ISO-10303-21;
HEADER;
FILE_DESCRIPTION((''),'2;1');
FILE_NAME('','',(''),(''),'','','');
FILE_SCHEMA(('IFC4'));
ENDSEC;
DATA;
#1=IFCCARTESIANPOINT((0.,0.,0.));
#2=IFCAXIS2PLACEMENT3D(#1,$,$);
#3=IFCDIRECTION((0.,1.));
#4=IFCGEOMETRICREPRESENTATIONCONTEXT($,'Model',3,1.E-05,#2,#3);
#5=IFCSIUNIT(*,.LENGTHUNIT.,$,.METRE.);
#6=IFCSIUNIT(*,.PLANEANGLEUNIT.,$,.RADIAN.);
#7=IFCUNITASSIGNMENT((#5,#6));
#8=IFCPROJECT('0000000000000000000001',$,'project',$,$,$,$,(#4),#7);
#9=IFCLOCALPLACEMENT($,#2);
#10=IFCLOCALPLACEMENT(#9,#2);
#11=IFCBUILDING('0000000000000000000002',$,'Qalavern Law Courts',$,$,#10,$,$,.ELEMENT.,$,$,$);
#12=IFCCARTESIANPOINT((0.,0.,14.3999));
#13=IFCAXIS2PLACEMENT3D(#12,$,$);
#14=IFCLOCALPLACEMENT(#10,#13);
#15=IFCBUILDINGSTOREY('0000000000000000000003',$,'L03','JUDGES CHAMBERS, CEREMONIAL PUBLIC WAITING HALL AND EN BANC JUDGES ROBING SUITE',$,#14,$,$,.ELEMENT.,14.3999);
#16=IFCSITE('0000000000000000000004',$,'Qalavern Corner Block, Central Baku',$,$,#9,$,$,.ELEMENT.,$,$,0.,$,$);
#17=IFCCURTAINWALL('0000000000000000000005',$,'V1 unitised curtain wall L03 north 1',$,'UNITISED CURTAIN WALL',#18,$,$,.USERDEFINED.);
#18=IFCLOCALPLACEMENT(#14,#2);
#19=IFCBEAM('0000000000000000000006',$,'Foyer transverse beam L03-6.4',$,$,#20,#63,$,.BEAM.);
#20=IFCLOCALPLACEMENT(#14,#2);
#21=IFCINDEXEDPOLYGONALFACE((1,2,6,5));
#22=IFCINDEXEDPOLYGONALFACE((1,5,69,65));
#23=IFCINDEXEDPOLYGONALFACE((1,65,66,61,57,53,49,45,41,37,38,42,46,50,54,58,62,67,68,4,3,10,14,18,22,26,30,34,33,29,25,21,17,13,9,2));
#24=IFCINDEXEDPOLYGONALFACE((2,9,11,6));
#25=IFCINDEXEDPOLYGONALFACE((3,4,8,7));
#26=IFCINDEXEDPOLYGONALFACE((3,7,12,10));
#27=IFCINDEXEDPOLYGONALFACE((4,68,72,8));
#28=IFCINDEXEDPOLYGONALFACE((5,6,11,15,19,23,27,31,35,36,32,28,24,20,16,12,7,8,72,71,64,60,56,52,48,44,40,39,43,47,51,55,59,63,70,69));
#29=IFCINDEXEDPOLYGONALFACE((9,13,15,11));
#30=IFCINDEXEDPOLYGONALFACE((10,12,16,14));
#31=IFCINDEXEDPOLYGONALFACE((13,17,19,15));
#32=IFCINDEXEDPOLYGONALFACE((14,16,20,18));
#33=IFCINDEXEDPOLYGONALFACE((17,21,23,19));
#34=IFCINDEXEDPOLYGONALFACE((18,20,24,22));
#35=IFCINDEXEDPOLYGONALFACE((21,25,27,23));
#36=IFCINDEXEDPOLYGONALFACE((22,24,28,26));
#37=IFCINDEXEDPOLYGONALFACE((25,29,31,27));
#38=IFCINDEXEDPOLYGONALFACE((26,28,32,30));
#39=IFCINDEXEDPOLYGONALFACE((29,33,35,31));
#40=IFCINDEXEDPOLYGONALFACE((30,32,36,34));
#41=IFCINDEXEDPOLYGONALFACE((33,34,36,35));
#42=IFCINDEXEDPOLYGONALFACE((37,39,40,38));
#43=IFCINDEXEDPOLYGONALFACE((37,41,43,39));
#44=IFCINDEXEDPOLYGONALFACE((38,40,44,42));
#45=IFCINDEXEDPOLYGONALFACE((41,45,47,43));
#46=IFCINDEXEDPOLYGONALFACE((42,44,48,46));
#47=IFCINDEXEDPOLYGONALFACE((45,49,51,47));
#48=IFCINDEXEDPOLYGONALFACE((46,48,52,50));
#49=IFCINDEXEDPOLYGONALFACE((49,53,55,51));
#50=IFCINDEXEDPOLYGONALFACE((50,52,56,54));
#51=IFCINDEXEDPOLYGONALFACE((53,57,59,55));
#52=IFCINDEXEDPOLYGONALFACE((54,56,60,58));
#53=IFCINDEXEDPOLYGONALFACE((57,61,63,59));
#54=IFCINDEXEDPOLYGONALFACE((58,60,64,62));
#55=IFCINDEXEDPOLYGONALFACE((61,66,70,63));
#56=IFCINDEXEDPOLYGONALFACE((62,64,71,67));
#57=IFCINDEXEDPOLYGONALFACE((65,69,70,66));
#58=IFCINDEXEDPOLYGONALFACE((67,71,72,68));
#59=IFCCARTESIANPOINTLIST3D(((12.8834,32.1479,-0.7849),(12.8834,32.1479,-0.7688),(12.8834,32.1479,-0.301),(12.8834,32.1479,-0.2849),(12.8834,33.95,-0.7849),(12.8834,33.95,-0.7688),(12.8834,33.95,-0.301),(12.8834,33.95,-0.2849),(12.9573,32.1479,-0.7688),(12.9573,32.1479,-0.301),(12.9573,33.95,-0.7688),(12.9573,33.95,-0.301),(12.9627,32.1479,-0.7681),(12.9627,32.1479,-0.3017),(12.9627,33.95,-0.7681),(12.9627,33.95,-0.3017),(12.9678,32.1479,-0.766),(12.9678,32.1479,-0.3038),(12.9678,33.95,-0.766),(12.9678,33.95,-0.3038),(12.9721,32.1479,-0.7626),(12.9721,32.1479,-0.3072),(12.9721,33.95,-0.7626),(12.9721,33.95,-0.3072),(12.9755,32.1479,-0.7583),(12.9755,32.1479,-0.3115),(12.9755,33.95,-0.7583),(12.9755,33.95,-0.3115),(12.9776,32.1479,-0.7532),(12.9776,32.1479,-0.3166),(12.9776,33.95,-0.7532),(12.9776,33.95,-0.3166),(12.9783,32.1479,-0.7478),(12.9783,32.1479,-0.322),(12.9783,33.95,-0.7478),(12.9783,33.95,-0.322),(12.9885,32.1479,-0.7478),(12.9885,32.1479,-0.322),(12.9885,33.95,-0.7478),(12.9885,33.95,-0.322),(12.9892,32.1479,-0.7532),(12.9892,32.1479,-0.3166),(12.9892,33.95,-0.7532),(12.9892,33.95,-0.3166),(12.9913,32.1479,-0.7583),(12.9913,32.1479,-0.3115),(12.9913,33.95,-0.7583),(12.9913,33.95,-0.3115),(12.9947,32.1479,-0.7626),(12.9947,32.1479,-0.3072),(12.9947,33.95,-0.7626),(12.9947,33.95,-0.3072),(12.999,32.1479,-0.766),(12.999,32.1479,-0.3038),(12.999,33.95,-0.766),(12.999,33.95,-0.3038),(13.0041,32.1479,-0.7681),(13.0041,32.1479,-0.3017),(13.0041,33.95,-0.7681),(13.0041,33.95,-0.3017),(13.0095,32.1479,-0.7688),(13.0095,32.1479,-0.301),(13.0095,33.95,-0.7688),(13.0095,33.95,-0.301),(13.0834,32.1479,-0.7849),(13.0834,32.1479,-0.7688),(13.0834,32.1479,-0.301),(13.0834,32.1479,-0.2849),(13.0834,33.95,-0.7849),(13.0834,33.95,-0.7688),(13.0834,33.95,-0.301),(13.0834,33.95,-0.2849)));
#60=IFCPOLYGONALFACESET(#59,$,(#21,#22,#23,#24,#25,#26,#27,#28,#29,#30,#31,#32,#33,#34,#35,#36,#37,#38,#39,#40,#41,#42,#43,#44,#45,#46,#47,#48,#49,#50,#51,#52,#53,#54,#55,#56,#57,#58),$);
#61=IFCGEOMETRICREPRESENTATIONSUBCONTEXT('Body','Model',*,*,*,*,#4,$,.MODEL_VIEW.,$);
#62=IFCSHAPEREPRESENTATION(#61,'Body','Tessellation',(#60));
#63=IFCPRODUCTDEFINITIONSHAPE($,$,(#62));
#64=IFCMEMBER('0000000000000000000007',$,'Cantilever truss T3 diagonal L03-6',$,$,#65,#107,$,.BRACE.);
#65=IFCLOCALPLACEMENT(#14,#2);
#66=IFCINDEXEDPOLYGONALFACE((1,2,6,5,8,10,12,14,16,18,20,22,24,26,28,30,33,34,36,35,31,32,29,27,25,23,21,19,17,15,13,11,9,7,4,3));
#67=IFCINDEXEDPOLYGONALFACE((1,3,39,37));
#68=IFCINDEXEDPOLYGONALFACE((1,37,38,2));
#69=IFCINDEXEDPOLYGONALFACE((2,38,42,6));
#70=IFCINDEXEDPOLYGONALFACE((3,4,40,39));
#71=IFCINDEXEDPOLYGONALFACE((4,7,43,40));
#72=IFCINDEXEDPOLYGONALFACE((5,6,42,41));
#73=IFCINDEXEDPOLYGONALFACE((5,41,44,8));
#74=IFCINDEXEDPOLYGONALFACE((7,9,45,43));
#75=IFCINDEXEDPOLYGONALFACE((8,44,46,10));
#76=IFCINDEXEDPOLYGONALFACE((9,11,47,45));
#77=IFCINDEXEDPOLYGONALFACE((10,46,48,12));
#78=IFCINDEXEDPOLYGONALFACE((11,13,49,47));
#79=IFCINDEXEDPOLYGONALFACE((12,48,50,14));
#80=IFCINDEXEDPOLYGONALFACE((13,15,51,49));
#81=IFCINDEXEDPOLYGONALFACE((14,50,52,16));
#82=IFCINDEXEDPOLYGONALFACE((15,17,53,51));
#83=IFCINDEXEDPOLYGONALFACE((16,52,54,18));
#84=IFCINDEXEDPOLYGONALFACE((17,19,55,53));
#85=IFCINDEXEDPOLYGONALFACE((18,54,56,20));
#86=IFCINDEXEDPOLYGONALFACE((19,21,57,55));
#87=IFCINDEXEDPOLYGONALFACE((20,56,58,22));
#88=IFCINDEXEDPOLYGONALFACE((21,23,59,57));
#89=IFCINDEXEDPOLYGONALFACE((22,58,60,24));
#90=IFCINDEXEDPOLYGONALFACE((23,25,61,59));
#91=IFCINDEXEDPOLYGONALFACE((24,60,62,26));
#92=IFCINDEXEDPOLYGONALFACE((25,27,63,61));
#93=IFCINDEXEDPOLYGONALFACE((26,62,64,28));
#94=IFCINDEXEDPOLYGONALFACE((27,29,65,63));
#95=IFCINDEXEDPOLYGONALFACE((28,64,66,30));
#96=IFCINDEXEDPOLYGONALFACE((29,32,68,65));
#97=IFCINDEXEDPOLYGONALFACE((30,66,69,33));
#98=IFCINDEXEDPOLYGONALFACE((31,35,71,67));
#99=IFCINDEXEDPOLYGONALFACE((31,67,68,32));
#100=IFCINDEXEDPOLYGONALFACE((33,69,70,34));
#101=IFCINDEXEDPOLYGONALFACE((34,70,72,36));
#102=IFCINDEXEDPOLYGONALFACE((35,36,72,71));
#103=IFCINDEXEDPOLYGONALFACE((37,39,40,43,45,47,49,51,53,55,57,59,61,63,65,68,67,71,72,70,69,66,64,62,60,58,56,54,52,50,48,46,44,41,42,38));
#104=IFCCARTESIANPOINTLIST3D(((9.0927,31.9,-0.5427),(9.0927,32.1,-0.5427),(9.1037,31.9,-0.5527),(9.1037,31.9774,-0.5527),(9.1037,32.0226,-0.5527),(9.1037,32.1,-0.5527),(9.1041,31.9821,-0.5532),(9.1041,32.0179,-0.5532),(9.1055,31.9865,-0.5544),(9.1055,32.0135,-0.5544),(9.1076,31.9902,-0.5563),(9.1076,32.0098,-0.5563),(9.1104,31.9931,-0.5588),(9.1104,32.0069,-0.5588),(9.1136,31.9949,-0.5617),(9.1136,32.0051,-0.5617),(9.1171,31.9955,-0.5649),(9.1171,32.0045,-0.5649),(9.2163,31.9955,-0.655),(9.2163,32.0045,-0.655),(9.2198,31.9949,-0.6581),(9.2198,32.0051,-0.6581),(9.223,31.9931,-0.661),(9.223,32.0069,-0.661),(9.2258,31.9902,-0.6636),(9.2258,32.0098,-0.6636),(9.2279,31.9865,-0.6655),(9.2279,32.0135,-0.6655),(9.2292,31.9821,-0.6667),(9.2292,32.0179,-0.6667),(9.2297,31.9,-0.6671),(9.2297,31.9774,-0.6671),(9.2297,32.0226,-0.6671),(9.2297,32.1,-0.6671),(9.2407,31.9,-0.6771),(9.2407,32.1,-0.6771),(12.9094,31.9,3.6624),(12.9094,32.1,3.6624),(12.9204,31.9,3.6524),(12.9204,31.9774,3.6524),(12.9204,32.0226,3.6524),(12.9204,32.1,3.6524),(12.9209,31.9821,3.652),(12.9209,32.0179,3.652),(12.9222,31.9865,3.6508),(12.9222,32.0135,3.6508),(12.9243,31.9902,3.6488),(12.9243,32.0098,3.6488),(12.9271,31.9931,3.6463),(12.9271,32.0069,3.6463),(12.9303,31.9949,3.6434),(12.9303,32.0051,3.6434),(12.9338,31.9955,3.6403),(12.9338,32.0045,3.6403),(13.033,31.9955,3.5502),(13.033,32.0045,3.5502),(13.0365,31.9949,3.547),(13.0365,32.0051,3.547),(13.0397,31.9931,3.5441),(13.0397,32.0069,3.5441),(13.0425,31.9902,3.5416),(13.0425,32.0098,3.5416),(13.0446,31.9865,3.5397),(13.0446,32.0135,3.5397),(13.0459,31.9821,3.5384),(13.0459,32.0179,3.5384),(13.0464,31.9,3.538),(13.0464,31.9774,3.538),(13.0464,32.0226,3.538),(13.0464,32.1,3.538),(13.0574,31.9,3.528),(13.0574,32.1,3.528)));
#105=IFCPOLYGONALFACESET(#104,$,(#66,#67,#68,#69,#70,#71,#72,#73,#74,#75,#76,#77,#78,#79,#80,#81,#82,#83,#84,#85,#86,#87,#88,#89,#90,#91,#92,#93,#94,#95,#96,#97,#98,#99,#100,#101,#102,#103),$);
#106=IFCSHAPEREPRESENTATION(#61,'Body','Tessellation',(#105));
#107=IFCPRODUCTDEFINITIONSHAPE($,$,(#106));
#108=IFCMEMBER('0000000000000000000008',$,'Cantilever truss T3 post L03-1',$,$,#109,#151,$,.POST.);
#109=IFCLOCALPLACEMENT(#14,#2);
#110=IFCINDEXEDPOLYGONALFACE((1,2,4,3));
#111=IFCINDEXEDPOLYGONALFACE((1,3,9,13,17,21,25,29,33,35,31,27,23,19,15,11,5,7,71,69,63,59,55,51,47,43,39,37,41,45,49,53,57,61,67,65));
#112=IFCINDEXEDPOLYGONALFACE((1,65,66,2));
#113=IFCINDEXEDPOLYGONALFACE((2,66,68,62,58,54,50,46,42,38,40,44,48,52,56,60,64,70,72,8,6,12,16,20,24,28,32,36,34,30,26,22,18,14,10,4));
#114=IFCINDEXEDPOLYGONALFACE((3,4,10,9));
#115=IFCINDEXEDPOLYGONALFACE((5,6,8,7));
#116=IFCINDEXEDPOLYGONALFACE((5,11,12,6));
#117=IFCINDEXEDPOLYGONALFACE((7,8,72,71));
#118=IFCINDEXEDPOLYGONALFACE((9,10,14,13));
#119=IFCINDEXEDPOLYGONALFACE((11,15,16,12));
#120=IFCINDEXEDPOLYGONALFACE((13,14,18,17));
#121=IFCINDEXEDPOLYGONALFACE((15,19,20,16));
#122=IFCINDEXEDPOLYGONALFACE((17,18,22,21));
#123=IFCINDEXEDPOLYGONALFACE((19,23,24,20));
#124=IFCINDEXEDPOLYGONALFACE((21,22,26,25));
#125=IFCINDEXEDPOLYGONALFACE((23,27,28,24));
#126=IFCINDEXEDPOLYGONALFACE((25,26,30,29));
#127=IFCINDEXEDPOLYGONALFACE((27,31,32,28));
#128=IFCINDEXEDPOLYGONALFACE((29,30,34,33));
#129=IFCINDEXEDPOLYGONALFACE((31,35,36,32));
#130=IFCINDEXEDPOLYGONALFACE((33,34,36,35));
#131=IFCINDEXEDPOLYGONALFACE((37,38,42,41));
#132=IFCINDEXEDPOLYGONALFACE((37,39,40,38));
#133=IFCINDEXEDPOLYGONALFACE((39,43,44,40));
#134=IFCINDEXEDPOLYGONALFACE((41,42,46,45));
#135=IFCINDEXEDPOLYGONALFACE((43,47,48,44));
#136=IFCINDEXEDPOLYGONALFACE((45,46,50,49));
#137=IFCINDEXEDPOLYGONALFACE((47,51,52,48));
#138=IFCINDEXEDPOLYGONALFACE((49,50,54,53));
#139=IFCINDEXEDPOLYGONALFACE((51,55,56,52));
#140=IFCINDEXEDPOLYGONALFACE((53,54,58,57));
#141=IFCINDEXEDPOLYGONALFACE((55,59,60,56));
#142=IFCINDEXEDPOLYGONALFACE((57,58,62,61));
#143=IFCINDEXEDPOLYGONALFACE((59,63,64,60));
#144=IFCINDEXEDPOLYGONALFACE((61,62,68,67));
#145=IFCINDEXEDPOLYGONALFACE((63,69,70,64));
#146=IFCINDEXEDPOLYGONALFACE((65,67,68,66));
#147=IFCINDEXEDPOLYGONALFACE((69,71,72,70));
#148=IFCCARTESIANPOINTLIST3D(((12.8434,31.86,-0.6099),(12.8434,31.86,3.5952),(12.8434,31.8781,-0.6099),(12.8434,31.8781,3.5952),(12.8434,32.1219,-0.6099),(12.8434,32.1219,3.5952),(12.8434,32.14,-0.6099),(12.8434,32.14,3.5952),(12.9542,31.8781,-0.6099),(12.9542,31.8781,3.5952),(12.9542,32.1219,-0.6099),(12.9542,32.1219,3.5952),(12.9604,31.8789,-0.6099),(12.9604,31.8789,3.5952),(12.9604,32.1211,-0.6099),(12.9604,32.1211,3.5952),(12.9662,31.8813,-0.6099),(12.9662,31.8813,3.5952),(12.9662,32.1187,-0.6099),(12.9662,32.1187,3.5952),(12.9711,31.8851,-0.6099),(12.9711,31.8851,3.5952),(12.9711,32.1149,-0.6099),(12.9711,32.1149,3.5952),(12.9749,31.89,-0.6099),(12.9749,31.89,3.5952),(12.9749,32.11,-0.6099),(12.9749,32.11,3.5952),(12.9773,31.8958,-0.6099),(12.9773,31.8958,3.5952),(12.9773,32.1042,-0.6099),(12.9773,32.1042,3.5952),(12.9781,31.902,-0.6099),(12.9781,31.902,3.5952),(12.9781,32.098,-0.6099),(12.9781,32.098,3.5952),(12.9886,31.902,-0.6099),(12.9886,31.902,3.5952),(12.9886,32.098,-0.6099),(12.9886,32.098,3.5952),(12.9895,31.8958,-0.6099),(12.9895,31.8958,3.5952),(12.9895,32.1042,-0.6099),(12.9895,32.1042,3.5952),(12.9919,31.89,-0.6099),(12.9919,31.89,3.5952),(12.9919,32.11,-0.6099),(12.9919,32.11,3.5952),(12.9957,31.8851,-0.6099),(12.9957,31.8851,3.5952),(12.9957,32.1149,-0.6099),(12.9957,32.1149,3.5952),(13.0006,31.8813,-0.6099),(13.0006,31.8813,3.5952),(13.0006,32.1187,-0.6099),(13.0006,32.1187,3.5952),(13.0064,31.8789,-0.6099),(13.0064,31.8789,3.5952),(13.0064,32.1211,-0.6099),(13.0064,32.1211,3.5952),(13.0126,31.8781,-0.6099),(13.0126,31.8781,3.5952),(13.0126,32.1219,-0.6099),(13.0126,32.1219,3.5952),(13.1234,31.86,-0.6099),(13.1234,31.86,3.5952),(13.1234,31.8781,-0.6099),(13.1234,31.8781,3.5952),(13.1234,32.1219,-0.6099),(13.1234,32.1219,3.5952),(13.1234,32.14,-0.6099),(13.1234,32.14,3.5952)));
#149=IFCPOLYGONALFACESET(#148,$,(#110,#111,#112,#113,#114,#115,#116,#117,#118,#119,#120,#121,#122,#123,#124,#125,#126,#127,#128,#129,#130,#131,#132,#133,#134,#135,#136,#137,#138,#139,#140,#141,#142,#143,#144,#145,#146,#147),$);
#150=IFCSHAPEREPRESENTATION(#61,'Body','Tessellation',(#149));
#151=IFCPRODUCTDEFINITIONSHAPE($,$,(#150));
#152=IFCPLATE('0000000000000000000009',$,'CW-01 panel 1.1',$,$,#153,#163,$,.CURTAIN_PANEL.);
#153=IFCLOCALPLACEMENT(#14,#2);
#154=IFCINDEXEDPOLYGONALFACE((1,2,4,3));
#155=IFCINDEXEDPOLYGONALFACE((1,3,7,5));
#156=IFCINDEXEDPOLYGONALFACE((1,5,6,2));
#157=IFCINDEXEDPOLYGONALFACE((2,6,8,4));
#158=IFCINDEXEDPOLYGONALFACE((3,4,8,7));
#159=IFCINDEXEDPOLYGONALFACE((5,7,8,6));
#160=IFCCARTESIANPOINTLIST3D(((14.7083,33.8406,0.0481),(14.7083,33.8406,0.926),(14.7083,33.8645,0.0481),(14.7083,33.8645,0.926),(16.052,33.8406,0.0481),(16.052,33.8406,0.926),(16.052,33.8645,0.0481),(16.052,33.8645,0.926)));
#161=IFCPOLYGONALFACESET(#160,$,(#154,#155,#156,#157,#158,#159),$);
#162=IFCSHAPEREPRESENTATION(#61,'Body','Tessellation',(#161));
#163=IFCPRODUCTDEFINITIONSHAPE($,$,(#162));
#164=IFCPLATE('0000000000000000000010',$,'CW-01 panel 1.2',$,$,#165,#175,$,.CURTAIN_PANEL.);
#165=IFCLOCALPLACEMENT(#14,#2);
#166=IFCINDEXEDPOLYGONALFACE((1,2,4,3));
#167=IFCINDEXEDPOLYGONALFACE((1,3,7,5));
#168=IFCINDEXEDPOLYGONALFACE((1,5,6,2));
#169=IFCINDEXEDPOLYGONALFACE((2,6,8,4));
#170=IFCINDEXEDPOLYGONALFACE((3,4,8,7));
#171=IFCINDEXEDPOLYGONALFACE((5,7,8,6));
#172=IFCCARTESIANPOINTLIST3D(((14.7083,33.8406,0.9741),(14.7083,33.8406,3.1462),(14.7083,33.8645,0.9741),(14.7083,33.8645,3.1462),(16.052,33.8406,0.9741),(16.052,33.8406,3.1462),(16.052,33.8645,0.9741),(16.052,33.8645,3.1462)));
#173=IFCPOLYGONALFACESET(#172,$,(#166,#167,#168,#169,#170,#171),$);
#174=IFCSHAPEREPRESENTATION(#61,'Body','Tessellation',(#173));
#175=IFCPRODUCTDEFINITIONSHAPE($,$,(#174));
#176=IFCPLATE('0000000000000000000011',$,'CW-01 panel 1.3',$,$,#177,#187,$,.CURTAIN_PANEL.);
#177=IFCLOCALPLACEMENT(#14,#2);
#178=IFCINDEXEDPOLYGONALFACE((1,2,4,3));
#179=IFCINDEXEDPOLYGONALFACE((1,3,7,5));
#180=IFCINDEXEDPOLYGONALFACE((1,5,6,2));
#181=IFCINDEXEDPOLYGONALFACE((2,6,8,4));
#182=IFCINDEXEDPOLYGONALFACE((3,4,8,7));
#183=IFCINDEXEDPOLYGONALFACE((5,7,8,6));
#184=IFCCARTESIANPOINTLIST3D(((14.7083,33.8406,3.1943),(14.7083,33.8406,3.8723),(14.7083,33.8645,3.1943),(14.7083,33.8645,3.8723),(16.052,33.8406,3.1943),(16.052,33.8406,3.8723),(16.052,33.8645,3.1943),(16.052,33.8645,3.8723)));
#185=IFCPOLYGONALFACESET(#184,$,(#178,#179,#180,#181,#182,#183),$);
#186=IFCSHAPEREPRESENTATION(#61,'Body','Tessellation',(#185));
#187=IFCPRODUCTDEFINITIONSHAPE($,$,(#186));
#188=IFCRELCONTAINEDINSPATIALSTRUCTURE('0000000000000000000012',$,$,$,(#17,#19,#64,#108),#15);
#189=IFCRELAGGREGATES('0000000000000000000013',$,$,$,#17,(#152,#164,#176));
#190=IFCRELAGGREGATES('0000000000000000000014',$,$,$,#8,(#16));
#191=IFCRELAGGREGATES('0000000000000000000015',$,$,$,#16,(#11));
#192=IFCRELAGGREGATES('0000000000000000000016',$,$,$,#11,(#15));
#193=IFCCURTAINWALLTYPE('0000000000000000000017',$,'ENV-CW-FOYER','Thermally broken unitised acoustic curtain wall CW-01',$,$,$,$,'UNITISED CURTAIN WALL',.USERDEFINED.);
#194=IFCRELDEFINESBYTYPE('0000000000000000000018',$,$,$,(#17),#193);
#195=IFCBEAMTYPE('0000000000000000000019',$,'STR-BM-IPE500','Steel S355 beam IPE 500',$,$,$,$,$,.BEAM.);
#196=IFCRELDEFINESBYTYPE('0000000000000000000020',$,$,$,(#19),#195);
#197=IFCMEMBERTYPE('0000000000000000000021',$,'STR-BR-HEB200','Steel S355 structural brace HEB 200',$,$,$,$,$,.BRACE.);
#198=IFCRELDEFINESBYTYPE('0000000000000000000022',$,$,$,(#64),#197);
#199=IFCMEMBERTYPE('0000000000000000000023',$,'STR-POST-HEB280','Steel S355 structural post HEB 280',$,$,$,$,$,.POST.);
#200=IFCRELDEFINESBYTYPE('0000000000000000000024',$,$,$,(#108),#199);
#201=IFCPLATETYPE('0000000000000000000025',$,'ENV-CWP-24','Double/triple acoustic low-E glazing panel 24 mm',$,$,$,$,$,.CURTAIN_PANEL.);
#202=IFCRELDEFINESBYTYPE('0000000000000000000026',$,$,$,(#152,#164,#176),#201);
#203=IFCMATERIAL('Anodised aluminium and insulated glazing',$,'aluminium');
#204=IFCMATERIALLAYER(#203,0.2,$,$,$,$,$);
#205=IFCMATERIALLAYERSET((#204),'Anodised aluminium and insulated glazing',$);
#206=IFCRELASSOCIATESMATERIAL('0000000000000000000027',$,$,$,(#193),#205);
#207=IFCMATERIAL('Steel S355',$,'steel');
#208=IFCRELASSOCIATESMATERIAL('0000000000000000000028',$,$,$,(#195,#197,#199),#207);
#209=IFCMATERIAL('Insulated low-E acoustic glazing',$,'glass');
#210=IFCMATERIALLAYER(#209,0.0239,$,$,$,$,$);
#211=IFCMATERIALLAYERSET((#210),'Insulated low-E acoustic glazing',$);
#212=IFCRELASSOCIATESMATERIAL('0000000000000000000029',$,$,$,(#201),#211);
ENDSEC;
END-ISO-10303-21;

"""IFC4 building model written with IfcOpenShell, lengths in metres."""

from ifc_helpers import new_model, si_unit, direction, frame, origin, origin_2d, place, context, subcontext, project, spatial, rectangle, i_section, extrude, material, layer, layer_set, material_profile, profile_set, type_object, element, aggregate, save


model = new_model("IFC4")

# Units and contexts
model_context = context("Model", 3, precision=1e-05, world=origin(), true_north=direction((0.0, 1.0)))
body_context = subcontext(model_context, "Body", "Model", "MODEL_VIEW")
ifc_project = project(units=[si_unit("LENGTHUNIT", "METRE"), si_unit("PLANEANGLEUNIT", "RADIAN")], contexts=[model_context])

# Site, building, storey
site_placement = place(None, origin())
site = spatial("IfcSite", under=ifc_project, at=site_placement, Name="Qalavern Corner Block, Central Baku", CompositionType="ELEMENT", RefElevation=0.0)
building_placement = place(site_placement, origin())
building = spatial("IfcBuilding", under=site, at=building_placement, Name="Qalavern Law Courts", CompositionType="ELEMENT")
storey_placement = place(building_placement, frame((0.0, 0.0, 14.3999)))
storey = spatial("IfcBuildingStorey", under=building, at=storey_placement, Name="L03", Description="JUDGES CHAMBERS, CEREMONIAL PUBLIC WAITING HALL AND EN BANC JUDGES ROBING SUITE", CompositionType="ELEMENT", Elevation=14.3999)

# Shared definitions
ifc_material_1 = material(Name="Anodised aluminium and insulated glazing", Category="aluminium")

# Curtain wall
ifc_layer_1 = layer(ifc_material_1, 0.2)
ifc_layer_set_1 = layer_set([ifc_layer_1], Name="Anodised aluminium and insulated glazing")
curtain_wall_type_1 = type_object("IfcCurtainWallType", Name="ENV-CW-FOYER", Description="Thermally broken unitised acoustic curtain wall CW-01", ElementType="UNITISED CURTAIN WALL", PredefinedType="USERDEFINED", material=ifc_layer_set_1)
curtain_wall_1_placement = place(storey_placement, origin())
curtain_wall_1 = element("IfcCurtainWall", 1, at=curtain_wall_1_placement, inside=storey, type_object=curtain_wall_type_1, Name="V1 unitised curtain wall L03 north 1", ObjectType="UNITISED CURTAIN WALL", PredefinedType="USERDEFINED")

# Beam
ifc_material_2 = material(Name="Steel S355", Category="steel")
ifc_material_profile_1 = material_profile(ifc_material_2, i_section(OverallWidth=0.2, OverallDepth=0.5, WebThickness=0.0103, FlangeThickness=0.0161, FilletRadius=0.021, at=origin_2d()), Name="IPE 500")
ifc_profile_set_1 = profile_set([ifc_material_profile_1], Name="Steel S355")
beam_type = type_object("IfcBeamType", Name="STR-BM-IPE500", Description="Steel S355 beam IPE 500", PredefinedType="BEAM", material=ifc_profile_set_1)
beam_placement = place(storey_placement, frame((12.9834, 32.1479, -0.5349), z_axis=(0.0, 1.0, 0.0), x_axis=(-1.0, 0.0, 0.0)))
element("IfcBeam", 2, at=beam_placement, inside=storey, type_object=beam_type, Name="Foyer transverse beam L03-6.4", PredefinedType="BEAM", context=body_context, shape_type="SweptSolid", body=[
    extrude(i_section(OverallWidth=0.2, OverallDepth=0.5, WebThickness=0.0103, FlangeThickness=0.0161, FilletRadius=0.021, at=origin_2d()), origin(), (0.0, 0.0, 1.0), 1.802),
])

# Members
ifc_material_profile_2 = material_profile(ifc_material_2, i_section(OverallWidth=0.2, OverallDepth=0.2, WebThickness=0.009, FlangeThickness=0.0149, FilletRadius=0.0181, at=origin_2d()), Name="HEB 200")
ifc_profile_set_2 = profile_set([ifc_material_profile_2], Name="Steel S355")
member_type_1 = type_object("IfcMemberType", Name="STR-BR-HEB200", Description="Steel S355 structural brace HEB 200", PredefinedType="BRACE", material=ifc_profile_set_2)
member_1_placement = place(storey_placement, frame((12.9834, 32.0, 3.5952), z_axis=(-0.67208, 0.0, -0.740479), x_axis=(0.0, -1.0, 0.0)))
element("IfcMember", 3, at=member_1_placement, inside=storey, type_object=member_type_1, Name="Cantilever truss T3 diagonal L03-6", PredefinedType="BRACE", context=body_context, shape_type="SweptSolid", body=[
    extrude(i_section(OverallWidth=0.2, OverallDepth=0.2, WebThickness=0.009, FlangeThickness=0.0149, FilletRadius=0.0181, at=origin_2d()), origin(), (0.0, 0.0, 1.0), 5.679),
])
ifc_material_profile_3 = material_profile(ifc_material_2, i_section(OverallWidth=0.28, OverallDepth=0.28, WebThickness=0.0105, FlangeThickness=0.0181, FilletRadius=0.0239, at=origin_2d()), Name="HEB 280")
ifc_profile_set_3 = profile_set([ifc_material_profile_3], Name="Steel S355")
member_type_2 = type_object("IfcMemberType", Name="STR-POST-HEB280", Description="Steel S355 structural post HEB 280", PredefinedType="POST", material=ifc_profile_set_3)
member_2_placement = place(storey_placement, frame((12.9834, 32.0, -0.6099), z_axis=(0.0, 0.0, 1.0), x_axis=(1.0, 0.0, 0.0)))
element("IfcMember", 4, at=member_2_placement, inside=storey, type_object=member_type_2, Name="Cantilever truss T3 post L03-1", PredefinedType="POST", context=body_context, shape_type="SweptSolid", body=[
    extrude(i_section(OverallWidth=0.28, OverallDepth=0.28, WebThickness=0.0105, FlangeThickness=0.0181, FilletRadius=0.0239, at=origin_2d()), origin(), (0.0, 0.0, 1.0), 4.2051),
])

# Plates
ifc_material_3 = material(Name="Insulated low-E acoustic glazing", Category="glass")
ifc_layer_2 = layer(ifc_material_3, 0.0239)
ifc_layer_set_2 = layer_set([ifc_layer_2], Name="Insulated low-E acoustic glazing")
plate_type_1 = type_object("IfcPlateType", Name="ENV-CWP-24", Description="Double/triple acoustic low-E glazing panel 24 mm", PredefinedType="CURTAIN_PANEL", material=ifc_layer_set_2)
plate_1_placement = place(storey_placement, frame((15.3801, 33.8525, 0.0481), z_axis=(0.0, 0.0, 1.0), x_axis=(-1.0, 0.0, 0.0)))
plate_1 = element("IfcPlate", 5, at=plate_1_placement, type_object=plate_type_1, Name="CW-01 panel 1.1", PredefinedType="CURTAIN_PANEL", context=body_context, shape_type="SweptSolid", body=[
    extrude(rectangle(XDim=1.3438, YDim=0.0239, at=origin_2d()), origin(), (0.0, 0.0, 1.0), 0.8779),
])
plate_2_placement = place(storey_placement, frame((15.3801, 33.8525, 0.9741), z_axis=(0.0, 0.0, 1.0), x_axis=(-1.0, 0.0, 0.0)))
plate_2 = element("IfcPlate", 6, at=plate_2_placement, type_object=plate_type_1, Name="CW-01 panel 1.2", PredefinedType="CURTAIN_PANEL", context=body_context, shape_type="SweptSolid", body=[
    extrude(rectangle(XDim=1.3438, YDim=0.0239, at=origin_2d()), origin(), (0.0, 0.0, 1.0), 2.1721),
])
plate_3_placement = place(storey_placement, frame((15.3801, 33.8525, 3.1943), z_axis=(0.0, 0.0, 1.0), x_axis=(-1.0, 0.0, 0.0)))
plate_3 = element("IfcPlate", 7, at=plate_3_placement, type_object=plate_type_1, Name="CW-01 panel 1.3", PredefinedType="CURTAIN_PANEL", context=body_context, shape_type="SweptSolid", body=[
    extrude(rectangle(XDim=1.3438, YDim=0.0239, at=origin_2d()), origin(), (0.0, 0.0, 1.0), 0.678),
])
aggregate(curtain_wall_1, [plate_1, plate_2, plate_3])

save(model, "model.ifc")
